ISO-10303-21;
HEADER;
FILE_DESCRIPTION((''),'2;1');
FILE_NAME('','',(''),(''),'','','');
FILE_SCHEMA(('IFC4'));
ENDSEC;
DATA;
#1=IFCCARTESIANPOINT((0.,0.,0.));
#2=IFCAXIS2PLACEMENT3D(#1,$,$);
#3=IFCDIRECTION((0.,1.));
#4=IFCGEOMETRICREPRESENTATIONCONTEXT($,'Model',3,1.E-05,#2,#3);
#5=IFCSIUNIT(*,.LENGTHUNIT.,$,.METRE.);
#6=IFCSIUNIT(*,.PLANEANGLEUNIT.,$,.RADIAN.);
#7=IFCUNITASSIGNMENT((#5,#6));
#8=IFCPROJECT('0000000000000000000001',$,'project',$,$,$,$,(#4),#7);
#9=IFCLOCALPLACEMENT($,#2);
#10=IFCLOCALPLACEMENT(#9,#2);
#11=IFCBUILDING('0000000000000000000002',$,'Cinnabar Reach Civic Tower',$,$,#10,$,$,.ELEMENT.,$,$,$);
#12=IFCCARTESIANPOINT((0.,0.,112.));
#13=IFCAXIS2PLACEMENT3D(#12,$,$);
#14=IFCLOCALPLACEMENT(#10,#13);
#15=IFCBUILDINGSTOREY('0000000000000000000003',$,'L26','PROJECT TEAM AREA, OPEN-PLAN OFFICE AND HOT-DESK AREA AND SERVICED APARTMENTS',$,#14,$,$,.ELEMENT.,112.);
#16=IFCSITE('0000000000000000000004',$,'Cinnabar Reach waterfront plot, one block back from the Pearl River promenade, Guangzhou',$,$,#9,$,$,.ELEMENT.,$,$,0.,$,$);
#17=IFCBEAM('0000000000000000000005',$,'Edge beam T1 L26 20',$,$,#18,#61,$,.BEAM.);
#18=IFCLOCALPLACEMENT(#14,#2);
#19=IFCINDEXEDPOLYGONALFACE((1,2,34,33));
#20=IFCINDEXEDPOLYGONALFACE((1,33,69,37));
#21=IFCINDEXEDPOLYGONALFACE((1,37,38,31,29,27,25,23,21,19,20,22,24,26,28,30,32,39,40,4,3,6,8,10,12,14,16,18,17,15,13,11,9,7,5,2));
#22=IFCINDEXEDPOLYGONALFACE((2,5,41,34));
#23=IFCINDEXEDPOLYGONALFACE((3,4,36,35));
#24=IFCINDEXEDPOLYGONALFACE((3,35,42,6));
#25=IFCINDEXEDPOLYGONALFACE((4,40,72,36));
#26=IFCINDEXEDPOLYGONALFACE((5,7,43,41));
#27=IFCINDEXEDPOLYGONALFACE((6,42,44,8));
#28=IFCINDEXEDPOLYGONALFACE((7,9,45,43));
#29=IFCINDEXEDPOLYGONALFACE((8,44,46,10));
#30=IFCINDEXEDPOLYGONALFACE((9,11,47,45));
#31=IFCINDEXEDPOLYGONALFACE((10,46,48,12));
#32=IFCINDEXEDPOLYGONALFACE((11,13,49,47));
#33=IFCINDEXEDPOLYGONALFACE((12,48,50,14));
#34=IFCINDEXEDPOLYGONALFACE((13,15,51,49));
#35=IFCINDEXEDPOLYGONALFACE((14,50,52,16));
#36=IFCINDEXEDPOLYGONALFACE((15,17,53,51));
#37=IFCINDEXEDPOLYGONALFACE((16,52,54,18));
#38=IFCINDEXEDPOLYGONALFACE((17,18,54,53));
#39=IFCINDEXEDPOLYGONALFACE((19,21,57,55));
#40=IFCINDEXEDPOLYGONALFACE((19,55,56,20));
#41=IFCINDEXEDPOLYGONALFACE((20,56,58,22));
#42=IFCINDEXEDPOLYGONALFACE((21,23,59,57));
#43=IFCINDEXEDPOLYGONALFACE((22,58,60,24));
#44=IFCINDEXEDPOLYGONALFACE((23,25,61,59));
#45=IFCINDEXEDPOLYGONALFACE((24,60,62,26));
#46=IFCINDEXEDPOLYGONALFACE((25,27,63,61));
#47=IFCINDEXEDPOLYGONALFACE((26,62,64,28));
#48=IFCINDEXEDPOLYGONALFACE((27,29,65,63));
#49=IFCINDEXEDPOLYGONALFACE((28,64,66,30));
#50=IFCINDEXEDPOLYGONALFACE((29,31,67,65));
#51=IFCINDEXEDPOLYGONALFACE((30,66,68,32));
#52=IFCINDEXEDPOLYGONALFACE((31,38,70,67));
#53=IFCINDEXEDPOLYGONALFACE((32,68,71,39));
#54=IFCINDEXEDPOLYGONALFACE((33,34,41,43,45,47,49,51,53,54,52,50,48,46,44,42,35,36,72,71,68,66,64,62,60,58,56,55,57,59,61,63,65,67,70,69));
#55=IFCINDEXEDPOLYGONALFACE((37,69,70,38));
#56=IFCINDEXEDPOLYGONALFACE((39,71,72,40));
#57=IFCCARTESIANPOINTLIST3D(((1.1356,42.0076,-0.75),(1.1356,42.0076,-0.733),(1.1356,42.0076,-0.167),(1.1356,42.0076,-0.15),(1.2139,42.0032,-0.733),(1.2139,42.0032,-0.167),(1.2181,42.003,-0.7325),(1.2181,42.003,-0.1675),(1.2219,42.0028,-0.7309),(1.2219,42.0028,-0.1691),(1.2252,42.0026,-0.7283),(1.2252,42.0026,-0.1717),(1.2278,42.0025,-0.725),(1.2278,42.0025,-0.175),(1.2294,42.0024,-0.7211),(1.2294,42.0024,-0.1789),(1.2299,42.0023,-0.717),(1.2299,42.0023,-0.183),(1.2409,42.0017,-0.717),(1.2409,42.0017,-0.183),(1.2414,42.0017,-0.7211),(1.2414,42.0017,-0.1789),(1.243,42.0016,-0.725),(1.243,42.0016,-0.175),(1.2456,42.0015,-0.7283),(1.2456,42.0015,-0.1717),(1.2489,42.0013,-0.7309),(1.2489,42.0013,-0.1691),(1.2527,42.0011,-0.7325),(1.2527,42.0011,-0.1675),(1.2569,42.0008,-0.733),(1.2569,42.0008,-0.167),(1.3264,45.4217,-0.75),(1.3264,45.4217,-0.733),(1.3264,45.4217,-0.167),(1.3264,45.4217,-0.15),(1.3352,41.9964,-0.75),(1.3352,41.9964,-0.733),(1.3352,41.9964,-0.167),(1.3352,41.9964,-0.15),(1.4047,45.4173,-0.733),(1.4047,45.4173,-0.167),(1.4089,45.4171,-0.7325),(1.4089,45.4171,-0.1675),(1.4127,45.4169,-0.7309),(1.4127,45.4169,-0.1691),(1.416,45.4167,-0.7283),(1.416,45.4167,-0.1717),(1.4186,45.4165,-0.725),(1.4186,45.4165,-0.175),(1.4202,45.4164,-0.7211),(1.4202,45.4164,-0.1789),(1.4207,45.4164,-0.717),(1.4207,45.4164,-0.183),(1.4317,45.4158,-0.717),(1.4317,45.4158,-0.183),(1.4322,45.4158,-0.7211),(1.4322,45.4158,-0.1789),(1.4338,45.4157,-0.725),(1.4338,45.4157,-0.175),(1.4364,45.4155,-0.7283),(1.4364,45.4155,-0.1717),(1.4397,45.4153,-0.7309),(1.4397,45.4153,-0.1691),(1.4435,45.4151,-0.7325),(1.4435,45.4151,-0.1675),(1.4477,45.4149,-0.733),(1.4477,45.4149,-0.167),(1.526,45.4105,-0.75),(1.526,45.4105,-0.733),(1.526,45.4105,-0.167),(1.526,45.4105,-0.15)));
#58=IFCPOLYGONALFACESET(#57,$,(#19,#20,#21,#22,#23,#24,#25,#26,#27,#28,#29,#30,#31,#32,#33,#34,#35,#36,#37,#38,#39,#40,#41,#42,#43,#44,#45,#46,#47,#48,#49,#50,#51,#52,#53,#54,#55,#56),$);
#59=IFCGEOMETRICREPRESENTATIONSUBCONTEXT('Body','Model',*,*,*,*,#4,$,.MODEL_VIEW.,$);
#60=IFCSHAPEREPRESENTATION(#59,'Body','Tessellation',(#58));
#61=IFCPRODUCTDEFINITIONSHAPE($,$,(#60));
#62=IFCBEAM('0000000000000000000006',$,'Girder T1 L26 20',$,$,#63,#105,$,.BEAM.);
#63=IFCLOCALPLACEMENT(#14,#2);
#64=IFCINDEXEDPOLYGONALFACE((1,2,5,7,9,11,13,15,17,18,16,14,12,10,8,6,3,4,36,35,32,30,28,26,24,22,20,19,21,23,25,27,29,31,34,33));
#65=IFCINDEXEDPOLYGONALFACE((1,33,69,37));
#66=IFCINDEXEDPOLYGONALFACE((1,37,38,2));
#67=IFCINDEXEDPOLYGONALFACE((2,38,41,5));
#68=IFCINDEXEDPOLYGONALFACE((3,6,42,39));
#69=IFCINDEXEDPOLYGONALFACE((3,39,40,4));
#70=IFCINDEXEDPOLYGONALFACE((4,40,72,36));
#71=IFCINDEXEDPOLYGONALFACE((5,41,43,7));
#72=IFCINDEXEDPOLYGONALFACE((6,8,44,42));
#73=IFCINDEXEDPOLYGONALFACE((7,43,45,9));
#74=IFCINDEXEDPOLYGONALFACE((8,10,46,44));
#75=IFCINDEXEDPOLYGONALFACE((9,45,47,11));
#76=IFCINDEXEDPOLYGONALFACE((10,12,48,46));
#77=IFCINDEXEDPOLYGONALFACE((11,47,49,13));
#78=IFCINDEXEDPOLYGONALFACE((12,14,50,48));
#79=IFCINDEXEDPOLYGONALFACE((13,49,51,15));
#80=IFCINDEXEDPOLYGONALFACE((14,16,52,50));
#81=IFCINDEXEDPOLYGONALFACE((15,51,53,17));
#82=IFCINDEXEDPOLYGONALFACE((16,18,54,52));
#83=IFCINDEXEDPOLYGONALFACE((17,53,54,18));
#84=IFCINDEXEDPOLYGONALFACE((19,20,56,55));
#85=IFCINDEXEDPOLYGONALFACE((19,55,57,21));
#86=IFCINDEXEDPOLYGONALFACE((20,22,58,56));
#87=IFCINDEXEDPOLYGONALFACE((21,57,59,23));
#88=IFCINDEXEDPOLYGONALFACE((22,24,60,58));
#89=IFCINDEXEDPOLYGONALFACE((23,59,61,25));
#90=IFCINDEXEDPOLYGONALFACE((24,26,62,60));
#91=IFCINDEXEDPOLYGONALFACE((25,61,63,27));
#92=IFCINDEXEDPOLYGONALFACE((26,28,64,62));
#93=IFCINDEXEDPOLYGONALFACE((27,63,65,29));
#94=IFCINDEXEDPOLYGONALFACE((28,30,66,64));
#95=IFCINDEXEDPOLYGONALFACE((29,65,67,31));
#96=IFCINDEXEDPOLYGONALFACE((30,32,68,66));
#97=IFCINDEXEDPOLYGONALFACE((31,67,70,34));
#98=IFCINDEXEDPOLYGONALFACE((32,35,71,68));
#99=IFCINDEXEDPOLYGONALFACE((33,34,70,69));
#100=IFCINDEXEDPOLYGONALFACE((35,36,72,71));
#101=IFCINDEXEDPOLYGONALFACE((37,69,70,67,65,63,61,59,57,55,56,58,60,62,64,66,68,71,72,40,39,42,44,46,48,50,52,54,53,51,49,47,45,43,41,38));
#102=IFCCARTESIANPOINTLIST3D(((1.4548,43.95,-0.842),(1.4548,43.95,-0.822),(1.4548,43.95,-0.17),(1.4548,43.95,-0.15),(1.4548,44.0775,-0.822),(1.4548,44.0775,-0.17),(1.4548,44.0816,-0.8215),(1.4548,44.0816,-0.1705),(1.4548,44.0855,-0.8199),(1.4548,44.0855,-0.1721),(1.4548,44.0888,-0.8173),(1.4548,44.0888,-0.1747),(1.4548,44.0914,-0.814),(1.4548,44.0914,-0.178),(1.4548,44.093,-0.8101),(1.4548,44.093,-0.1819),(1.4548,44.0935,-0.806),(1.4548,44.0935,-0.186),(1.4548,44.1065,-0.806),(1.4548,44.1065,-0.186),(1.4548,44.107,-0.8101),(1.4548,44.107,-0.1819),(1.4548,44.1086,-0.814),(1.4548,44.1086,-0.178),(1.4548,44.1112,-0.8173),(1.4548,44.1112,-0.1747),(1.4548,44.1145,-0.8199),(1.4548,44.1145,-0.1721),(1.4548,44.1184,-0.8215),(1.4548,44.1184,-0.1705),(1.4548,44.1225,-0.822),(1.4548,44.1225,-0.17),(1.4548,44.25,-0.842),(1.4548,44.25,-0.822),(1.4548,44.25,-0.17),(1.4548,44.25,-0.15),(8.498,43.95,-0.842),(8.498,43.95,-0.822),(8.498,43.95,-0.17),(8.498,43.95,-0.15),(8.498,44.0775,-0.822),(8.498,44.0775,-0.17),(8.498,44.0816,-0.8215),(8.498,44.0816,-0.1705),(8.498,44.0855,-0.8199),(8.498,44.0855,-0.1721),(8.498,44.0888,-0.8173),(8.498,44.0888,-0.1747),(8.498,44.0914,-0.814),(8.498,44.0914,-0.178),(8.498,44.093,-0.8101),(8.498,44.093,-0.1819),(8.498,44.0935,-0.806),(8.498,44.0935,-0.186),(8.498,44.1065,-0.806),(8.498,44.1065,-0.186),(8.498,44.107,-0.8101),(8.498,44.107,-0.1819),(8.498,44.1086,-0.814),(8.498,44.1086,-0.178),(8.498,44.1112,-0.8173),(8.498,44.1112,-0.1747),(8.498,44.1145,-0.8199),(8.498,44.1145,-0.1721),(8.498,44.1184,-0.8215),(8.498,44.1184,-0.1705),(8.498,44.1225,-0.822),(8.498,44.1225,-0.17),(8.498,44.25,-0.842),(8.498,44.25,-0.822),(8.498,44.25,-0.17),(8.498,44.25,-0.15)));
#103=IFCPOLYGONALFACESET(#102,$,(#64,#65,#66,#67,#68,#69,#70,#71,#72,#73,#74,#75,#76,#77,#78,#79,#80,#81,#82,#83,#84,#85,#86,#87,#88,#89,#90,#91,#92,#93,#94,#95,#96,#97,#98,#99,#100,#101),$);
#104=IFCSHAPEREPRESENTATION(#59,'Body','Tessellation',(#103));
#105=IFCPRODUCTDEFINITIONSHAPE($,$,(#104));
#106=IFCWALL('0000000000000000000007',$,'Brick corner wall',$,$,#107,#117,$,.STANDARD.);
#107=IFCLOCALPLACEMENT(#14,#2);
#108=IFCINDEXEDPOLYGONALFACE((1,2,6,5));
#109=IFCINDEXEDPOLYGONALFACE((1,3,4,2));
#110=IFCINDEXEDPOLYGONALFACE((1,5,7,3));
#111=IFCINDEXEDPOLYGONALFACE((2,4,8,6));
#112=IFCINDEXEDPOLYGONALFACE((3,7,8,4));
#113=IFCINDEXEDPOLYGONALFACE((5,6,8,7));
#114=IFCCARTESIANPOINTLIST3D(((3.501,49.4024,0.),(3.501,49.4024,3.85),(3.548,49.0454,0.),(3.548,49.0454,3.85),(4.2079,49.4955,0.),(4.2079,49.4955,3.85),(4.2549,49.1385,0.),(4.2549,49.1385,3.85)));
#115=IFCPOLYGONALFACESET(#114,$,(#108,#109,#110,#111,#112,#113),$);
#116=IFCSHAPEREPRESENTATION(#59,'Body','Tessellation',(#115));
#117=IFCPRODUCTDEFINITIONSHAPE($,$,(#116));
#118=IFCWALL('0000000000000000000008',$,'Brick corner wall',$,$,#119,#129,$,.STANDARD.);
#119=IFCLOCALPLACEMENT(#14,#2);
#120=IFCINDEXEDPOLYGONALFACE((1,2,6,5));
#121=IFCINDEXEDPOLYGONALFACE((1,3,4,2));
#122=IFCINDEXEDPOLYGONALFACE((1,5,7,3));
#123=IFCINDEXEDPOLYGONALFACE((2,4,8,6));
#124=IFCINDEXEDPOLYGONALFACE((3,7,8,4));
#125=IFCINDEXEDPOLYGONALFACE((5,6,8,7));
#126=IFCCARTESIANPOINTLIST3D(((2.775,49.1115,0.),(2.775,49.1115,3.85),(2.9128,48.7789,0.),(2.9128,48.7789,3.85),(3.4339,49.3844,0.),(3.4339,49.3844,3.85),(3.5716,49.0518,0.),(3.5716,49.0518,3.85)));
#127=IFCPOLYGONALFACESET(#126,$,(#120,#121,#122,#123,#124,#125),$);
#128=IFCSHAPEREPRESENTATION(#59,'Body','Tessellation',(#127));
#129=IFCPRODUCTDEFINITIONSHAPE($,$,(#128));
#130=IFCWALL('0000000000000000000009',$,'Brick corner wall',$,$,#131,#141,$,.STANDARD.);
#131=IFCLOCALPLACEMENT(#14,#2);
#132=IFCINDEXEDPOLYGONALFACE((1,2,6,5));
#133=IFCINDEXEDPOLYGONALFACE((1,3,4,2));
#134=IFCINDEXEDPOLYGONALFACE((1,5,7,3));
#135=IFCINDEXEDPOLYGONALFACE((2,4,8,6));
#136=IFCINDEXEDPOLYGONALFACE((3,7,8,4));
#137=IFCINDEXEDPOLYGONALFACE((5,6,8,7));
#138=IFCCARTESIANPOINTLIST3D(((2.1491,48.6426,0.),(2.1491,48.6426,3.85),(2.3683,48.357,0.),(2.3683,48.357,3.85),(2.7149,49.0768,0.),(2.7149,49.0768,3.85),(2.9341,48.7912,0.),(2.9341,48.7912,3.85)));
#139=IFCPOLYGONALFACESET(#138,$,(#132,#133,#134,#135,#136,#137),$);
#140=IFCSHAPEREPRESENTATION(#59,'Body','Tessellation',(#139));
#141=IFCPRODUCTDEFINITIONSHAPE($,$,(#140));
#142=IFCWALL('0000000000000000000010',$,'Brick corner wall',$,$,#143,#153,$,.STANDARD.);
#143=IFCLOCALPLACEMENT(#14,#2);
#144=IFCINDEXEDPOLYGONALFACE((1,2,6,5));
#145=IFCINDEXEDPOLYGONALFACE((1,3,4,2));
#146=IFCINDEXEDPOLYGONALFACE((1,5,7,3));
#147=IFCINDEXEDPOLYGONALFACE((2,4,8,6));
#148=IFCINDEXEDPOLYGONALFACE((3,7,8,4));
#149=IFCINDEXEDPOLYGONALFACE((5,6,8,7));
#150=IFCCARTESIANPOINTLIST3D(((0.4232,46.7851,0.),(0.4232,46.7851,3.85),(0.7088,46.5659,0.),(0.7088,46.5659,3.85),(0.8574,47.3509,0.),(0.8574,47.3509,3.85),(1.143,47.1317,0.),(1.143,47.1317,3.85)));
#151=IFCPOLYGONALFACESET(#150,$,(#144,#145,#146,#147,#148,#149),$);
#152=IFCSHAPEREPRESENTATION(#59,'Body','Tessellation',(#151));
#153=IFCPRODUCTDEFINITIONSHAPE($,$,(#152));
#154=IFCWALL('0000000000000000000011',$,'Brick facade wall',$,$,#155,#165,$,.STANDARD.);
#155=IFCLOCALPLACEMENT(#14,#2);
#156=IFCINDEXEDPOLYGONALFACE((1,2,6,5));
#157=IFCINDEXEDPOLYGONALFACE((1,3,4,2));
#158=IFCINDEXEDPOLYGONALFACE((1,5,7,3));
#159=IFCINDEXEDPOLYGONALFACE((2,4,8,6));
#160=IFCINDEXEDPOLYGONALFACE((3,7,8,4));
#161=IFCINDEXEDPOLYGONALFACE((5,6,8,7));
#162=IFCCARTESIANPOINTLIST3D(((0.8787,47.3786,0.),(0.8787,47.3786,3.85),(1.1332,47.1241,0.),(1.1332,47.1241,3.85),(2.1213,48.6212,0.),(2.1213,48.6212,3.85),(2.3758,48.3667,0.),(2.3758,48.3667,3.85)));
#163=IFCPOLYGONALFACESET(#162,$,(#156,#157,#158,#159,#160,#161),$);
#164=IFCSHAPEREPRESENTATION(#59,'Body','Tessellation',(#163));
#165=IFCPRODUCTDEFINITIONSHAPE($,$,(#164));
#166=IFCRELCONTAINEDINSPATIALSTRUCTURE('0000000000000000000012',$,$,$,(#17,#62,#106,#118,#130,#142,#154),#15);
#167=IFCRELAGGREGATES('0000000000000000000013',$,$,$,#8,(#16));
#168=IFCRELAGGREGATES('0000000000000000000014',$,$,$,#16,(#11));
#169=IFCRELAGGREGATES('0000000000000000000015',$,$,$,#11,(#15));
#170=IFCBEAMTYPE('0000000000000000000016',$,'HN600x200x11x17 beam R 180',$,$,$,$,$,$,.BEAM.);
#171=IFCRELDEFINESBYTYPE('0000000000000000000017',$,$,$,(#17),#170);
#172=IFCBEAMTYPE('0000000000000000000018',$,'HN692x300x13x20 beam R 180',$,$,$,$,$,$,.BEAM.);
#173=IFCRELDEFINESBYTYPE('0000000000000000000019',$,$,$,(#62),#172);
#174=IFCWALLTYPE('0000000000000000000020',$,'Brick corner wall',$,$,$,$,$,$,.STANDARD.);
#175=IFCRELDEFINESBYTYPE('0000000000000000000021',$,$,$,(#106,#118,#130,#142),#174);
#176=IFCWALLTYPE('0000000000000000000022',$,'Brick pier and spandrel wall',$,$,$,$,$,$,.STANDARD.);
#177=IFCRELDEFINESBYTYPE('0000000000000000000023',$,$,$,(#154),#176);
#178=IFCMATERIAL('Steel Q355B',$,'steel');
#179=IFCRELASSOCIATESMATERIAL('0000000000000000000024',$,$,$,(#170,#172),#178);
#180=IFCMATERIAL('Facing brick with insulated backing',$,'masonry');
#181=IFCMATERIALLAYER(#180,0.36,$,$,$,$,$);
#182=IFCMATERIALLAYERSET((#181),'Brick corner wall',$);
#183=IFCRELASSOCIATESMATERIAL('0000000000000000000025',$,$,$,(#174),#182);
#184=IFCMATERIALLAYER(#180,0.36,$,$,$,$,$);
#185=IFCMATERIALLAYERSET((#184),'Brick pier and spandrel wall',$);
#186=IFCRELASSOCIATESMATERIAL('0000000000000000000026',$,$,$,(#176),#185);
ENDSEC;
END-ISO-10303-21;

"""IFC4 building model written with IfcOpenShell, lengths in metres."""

from ifc_helpers import new_model, si_unit, direction, frame, frame_2d, origin, origin_2d, place, context, subcontext, project, spatial, rectangle, i_section, extrude, material, layer, layer_set, material_profile, profile_set, type_object, element, save


model = new_model("IFC4")

# Units and contexts
model_context = context("Model", 3, precision=1e-05, world=origin(), true_north=direction((0.0, 1.0)))
body_context = subcontext(model_context, "Body", "Model", "MODEL_VIEW")
ifc_project = project(units=[si_unit("LENGTHUNIT", "METRE"), si_unit("PLANEANGLEUNIT", "RADIAN")], contexts=[model_context])

# Site, building, storey
site_placement = place(None, origin())
site = spatial("IfcSite", under=ifc_project, at=site_placement, Name="Cinnabar Reach waterfront plot, one block back from the Pearl River promenade, Guangzhou", CompositionType="ELEMENT", RefElevation=0.0)
building_placement = place(site_placement, origin())
building = spatial("IfcBuilding", under=site, at=building_placement, Name="Cinnabar Reach Civic Tower", CompositionType="ELEMENT")
storey_placement = place(building_placement, frame((0.0, 0.0, 112.0)))
storey = spatial("IfcBuildingStorey", under=building, at=storey_placement, Name="L26", Description="PROJECT TEAM AREA, OPEN-PLAN OFFICE AND HOT-DESK AREA AND SERVICED APARTMENTS", CompositionType="ELEMENT", Elevation=112.0)

# Beams
ifc_material_1 = material(Name="Steel Q355B", Category="steel")
ifc_material_profile_1 = material_profile(ifc_material_1, i_section(OverallWidth=0.2, OverallDepth=0.6, WebThickness=0.011, FlangeThickness=0.017, FilletRadius=0.016, at=origin_2d()), Name="HN600x200x11x17")
ifc_profile_set_1 = profile_set([ifc_material_profile_1], Name="Steel Q355B")
beam_type_1 = type_object("IfcBeamType", Name="HN600x200x11x17 beam R 180", PredefinedType="BEAM", material=ifc_profile_set_1)
beam_1_placement = place(storey_placement, frame((1.4262, 45.4161, -0.45), z_axis=(-0.055799, -0.998442, 0.0), x_axis=(0.998442, -0.055799, 0.0)))
element("IfcBeam", 1, at=beam_1_placement, inside=storey, type_object=beam_type_1, Name="Edge beam T1 L26 20", PredefinedType="BEAM", context=body_context, shape_type="SweptSolid", body=[
    extrude(i_section(OverallWidth=0.2, OverallDepth=0.6, WebThickness=0.011, FlangeThickness=0.017, FilletRadius=0.016, at=origin_2d()), origin(), (0.0, 0.0, 1.0), 3.4194),
])
ifc_material_profile_2 = material_profile(ifc_material_1, i_section(OverallWidth=0.3, OverallDepth=0.692, WebThickness=0.013, FlangeThickness=0.02, FilletRadius=0.016, at=origin_2d()), Name="HN692x300x13x20")
ifc_profile_set_2 = profile_set([ifc_material_profile_2], Name="Steel Q355B")
beam_type_2 = type_object("IfcBeamType", Name="HN692x300x13x20 beam R 180", PredefinedType="BEAM", material=ifc_profile_set_2)
beam_2_placement = place(storey_placement, frame((1.4548, 44.1, -0.496), z_axis=(1.0, 0.0, 0.0), x_axis=(0.0, 1.0, 0.0)))
element("IfcBeam", 2, at=beam_2_placement, inside=storey, type_object=beam_type_2, Name="Girder T1 L26 20", PredefinedType="BEAM", context=body_context, shape_type="SweptSolid", body=[
    extrude(i_section(OverallWidth=0.3, OverallDepth=0.692, WebThickness=0.013, FlangeThickness=0.02, FilletRadius=0.016, at=origin_2d()), origin(), (0.0, 0.0, 1.0), 7.0432),
])

# Walls
ifc_material_2 = material(Name="Facing brick with insulated backing", Category="masonry")
ifc_layer_1 = layer(ifc_material_2, 0.36)
ifc_layer_set_1 = layer_set([ifc_layer_1], Name="Brick corner wall")
wall_type_1 = type_object("IfcWallType", Name="Brick corner wall", PredefinedType="STANDARD", material=ifc_layer_set_1)
for number, where, z_axis, x_axis, name in (
    (3, (4.2314, 49.317, 0.0), (0.0, 0.0, 1.0), (-0.991441, -0.130556, 0.0), "Brick corner wall"),
    (4, (3.5027, 49.2181, 0.0), (0.0, 0.0, 1.0), (-0.923872, -0.382703, 0.0), "Brick corner wall"),
):
    element("IfcWall", number, at=place(storey_placement, frame(where, z_axis=z_axis, x_axis=x_axis)), inside=storey, type_object=wall_type_1, Name=name, PredefinedType="STANDARD", context=body_context, shape_type="SweptSolid", body=[
        extrude(rectangle(XDim=0.7131, YDim=0.36, at=frame_2d((0.3565, 0.0))), origin(), (0.0, 0.0, 1.0), 3.85),
    ])
for number, where, z_axis, x_axis, name in (
    (5, (2.8245, 48.934, 0.0), (0.0, 0.0, 1.0), (-0.793322, -0.608802, 0.0), "Brick corner wall"),
    (6, (1.0002, 47.2413, 0.0), (0.0, 0.0, 1.0), (-0.608802, -0.793322, 0.0), "Brick corner wall"),
):
    element("IfcWall", number, at=place(storey_placement, frame(where, z_axis=z_axis, x_axis=x_axis)), inside=storey, type_object=wall_type_1, Name=name, PredefinedType="STANDARD", context=body_context, shape_type="SweptSolid", body=[
        extrude(rectangle(XDim=0.7132, YDim=0.36, at=frame_2d((0.3566, 0.0))), origin(), (0.0, 0.0, 1.0), 3.85),
    ])
ifc_layer_2 = layer(ifc_material_2, 0.36)
ifc_layer_set_2 = layer_set([ifc_layer_2], Name="Brick pier and spandrel wall")
wall_type_2 = type_object("IfcWallType", Name="Brick pier and spandrel wall", PredefinedType="STANDARD", material=ifc_layer_set_2)
wall_1_placement = place(storey_placement, frame((2.2486, 48.494, 0.0), z_axis=(0.0, 0.0, 1.0), x_axis=(-0.707107, -0.707107, 0.0)))
element("IfcWall", 7, at=wall_1_placement, inside=storey, type_object=wall_type_2, Name="Brick facade wall", PredefinedType="STANDARD", context=body_context, shape_type="SweptSolid", body=[
    extrude(rectangle(XDim=1.7573, YDim=0.36, at=frame_2d((0.8787, 0.0))), origin(), (0.0, 0.0, 1.0), 3.85),
])

save(model, "model.ifc")
